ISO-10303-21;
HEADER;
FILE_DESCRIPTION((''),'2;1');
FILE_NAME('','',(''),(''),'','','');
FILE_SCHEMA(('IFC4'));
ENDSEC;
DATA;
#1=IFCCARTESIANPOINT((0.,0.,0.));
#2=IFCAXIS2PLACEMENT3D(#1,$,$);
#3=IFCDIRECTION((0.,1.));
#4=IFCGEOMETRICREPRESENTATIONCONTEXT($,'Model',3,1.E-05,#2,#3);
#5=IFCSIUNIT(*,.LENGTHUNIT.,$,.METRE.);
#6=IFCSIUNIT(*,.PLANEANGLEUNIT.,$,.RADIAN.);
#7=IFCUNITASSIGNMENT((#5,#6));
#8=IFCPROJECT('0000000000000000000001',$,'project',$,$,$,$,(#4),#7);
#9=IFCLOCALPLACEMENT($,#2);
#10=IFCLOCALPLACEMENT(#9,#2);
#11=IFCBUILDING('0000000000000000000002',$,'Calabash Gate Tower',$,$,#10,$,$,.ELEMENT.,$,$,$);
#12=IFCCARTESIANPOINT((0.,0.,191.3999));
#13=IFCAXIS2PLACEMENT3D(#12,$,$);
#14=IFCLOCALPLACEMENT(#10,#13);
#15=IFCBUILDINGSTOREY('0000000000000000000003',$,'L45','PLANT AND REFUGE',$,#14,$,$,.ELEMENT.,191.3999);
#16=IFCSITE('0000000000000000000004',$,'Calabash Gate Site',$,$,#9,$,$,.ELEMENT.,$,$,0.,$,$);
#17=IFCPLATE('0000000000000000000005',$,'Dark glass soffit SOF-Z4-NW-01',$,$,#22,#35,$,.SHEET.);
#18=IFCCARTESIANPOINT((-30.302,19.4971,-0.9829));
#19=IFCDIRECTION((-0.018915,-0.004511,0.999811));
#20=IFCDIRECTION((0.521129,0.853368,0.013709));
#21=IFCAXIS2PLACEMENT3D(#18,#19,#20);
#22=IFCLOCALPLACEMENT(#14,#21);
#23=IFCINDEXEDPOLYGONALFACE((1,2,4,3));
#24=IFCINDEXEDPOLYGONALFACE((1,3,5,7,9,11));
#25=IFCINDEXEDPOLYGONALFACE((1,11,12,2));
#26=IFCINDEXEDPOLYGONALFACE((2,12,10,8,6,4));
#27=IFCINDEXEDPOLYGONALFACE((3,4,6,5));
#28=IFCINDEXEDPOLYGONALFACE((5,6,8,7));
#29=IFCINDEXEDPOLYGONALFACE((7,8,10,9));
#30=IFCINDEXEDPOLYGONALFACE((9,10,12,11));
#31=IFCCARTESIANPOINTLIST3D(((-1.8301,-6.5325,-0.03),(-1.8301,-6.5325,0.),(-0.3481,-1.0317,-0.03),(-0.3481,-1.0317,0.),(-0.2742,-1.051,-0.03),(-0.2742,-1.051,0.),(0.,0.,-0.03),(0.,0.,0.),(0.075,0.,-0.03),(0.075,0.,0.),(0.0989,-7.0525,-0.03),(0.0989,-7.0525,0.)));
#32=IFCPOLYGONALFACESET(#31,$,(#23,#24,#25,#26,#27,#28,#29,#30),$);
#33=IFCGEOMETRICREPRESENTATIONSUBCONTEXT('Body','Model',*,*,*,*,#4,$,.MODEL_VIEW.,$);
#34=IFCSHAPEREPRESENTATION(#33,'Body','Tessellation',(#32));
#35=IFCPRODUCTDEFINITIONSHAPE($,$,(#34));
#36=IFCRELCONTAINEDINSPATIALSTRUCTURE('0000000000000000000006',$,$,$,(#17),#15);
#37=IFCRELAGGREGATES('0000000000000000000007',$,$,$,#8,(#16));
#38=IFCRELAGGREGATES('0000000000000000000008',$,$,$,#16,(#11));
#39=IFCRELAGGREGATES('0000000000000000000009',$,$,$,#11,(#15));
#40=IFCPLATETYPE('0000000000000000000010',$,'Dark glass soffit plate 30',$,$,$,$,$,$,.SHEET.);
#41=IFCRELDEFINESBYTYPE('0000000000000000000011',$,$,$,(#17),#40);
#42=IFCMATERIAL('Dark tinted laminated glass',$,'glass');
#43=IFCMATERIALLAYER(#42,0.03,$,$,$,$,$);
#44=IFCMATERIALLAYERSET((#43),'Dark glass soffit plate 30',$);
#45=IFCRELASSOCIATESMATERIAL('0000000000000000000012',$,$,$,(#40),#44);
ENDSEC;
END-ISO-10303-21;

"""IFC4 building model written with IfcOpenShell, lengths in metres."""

from ifc_helpers import new_model, si_unit, direction, frame, origin, place, context, subcontext, project, spatial, polyline, outline, extrude, material, layer, layer_set, type_object, element, save


model = new_model("IFC4")

# Units and contexts
model_context = context("Model", 3, precision=1e-05, world=origin(), true_north=direction((0.0, 1.0)))
body_context = subcontext(model_context, "Body", "Model", "MODEL_VIEW")
ifc_project = project(units=[si_unit("LENGTHUNIT", "METRE"), si_unit("PLANEANGLEUNIT", "RADIAN")], contexts=[model_context])

# Site, building, storey
site_placement = place(None, origin())
site = spatial("IfcSite", under=ifc_project, at=site_placement, Name="Calabash Gate Site", CompositionType="ELEMENT", RefElevation=0.0)
building_placement = place(site_placement, origin())
building = spatial("IfcBuilding", under=site, at=building_placement, Name="Calabash Gate Tower", CompositionType="ELEMENT")
storey_placement = place(building_placement, frame((0.0, 0.0, 191.3999)))
storey = spatial("IfcBuildingStorey", under=building, at=storey_placement, Name="L45", Description="PLANT AND REFUGE", CompositionType="ELEMENT", Elevation=191.3999)

# Plate
ifc_material_1 = material(Name="Dark tinted laminated glass", Category="glass")
ifc_layer_1 = layer(ifc_material_1, 0.03)
ifc_layer_set_1 = layer_set([ifc_layer_1], Name="Dark glass soffit plate 30")
plate_type_1 = type_object("IfcPlateType", Name="Dark glass soffit plate 30", PredefinedType="SHEET", material=ifc_layer_set_1)
plate_1_placement = place(storey_placement, frame((-30.302, 19.4971, -0.9829), z_axis=(-0.018915, -0.004511, 0.999811), x_axis=(0.521129, 0.853368, 0.013709)))
element("IfcPlate", 1, at=plate_1_placement, inside=storey, type_object=plate_type_1, Name="Dark glass soffit SOF-Z4-NW-01", PredefinedType="SHEET", context=body_context, shape_type="SweptSolid", body=[
    extrude(outline(polyline([(0.0, 0.0), (0.075, 0.0), (0.0989, -7.0525), (-1.8301, -6.5325), (-0.3481, -1.0317), (-0.2742, -1.051), (0.0, 0.0)])), origin(), (0.0, 0.0, -1.0), 0.03),
])

save(model, "model.ifc")
